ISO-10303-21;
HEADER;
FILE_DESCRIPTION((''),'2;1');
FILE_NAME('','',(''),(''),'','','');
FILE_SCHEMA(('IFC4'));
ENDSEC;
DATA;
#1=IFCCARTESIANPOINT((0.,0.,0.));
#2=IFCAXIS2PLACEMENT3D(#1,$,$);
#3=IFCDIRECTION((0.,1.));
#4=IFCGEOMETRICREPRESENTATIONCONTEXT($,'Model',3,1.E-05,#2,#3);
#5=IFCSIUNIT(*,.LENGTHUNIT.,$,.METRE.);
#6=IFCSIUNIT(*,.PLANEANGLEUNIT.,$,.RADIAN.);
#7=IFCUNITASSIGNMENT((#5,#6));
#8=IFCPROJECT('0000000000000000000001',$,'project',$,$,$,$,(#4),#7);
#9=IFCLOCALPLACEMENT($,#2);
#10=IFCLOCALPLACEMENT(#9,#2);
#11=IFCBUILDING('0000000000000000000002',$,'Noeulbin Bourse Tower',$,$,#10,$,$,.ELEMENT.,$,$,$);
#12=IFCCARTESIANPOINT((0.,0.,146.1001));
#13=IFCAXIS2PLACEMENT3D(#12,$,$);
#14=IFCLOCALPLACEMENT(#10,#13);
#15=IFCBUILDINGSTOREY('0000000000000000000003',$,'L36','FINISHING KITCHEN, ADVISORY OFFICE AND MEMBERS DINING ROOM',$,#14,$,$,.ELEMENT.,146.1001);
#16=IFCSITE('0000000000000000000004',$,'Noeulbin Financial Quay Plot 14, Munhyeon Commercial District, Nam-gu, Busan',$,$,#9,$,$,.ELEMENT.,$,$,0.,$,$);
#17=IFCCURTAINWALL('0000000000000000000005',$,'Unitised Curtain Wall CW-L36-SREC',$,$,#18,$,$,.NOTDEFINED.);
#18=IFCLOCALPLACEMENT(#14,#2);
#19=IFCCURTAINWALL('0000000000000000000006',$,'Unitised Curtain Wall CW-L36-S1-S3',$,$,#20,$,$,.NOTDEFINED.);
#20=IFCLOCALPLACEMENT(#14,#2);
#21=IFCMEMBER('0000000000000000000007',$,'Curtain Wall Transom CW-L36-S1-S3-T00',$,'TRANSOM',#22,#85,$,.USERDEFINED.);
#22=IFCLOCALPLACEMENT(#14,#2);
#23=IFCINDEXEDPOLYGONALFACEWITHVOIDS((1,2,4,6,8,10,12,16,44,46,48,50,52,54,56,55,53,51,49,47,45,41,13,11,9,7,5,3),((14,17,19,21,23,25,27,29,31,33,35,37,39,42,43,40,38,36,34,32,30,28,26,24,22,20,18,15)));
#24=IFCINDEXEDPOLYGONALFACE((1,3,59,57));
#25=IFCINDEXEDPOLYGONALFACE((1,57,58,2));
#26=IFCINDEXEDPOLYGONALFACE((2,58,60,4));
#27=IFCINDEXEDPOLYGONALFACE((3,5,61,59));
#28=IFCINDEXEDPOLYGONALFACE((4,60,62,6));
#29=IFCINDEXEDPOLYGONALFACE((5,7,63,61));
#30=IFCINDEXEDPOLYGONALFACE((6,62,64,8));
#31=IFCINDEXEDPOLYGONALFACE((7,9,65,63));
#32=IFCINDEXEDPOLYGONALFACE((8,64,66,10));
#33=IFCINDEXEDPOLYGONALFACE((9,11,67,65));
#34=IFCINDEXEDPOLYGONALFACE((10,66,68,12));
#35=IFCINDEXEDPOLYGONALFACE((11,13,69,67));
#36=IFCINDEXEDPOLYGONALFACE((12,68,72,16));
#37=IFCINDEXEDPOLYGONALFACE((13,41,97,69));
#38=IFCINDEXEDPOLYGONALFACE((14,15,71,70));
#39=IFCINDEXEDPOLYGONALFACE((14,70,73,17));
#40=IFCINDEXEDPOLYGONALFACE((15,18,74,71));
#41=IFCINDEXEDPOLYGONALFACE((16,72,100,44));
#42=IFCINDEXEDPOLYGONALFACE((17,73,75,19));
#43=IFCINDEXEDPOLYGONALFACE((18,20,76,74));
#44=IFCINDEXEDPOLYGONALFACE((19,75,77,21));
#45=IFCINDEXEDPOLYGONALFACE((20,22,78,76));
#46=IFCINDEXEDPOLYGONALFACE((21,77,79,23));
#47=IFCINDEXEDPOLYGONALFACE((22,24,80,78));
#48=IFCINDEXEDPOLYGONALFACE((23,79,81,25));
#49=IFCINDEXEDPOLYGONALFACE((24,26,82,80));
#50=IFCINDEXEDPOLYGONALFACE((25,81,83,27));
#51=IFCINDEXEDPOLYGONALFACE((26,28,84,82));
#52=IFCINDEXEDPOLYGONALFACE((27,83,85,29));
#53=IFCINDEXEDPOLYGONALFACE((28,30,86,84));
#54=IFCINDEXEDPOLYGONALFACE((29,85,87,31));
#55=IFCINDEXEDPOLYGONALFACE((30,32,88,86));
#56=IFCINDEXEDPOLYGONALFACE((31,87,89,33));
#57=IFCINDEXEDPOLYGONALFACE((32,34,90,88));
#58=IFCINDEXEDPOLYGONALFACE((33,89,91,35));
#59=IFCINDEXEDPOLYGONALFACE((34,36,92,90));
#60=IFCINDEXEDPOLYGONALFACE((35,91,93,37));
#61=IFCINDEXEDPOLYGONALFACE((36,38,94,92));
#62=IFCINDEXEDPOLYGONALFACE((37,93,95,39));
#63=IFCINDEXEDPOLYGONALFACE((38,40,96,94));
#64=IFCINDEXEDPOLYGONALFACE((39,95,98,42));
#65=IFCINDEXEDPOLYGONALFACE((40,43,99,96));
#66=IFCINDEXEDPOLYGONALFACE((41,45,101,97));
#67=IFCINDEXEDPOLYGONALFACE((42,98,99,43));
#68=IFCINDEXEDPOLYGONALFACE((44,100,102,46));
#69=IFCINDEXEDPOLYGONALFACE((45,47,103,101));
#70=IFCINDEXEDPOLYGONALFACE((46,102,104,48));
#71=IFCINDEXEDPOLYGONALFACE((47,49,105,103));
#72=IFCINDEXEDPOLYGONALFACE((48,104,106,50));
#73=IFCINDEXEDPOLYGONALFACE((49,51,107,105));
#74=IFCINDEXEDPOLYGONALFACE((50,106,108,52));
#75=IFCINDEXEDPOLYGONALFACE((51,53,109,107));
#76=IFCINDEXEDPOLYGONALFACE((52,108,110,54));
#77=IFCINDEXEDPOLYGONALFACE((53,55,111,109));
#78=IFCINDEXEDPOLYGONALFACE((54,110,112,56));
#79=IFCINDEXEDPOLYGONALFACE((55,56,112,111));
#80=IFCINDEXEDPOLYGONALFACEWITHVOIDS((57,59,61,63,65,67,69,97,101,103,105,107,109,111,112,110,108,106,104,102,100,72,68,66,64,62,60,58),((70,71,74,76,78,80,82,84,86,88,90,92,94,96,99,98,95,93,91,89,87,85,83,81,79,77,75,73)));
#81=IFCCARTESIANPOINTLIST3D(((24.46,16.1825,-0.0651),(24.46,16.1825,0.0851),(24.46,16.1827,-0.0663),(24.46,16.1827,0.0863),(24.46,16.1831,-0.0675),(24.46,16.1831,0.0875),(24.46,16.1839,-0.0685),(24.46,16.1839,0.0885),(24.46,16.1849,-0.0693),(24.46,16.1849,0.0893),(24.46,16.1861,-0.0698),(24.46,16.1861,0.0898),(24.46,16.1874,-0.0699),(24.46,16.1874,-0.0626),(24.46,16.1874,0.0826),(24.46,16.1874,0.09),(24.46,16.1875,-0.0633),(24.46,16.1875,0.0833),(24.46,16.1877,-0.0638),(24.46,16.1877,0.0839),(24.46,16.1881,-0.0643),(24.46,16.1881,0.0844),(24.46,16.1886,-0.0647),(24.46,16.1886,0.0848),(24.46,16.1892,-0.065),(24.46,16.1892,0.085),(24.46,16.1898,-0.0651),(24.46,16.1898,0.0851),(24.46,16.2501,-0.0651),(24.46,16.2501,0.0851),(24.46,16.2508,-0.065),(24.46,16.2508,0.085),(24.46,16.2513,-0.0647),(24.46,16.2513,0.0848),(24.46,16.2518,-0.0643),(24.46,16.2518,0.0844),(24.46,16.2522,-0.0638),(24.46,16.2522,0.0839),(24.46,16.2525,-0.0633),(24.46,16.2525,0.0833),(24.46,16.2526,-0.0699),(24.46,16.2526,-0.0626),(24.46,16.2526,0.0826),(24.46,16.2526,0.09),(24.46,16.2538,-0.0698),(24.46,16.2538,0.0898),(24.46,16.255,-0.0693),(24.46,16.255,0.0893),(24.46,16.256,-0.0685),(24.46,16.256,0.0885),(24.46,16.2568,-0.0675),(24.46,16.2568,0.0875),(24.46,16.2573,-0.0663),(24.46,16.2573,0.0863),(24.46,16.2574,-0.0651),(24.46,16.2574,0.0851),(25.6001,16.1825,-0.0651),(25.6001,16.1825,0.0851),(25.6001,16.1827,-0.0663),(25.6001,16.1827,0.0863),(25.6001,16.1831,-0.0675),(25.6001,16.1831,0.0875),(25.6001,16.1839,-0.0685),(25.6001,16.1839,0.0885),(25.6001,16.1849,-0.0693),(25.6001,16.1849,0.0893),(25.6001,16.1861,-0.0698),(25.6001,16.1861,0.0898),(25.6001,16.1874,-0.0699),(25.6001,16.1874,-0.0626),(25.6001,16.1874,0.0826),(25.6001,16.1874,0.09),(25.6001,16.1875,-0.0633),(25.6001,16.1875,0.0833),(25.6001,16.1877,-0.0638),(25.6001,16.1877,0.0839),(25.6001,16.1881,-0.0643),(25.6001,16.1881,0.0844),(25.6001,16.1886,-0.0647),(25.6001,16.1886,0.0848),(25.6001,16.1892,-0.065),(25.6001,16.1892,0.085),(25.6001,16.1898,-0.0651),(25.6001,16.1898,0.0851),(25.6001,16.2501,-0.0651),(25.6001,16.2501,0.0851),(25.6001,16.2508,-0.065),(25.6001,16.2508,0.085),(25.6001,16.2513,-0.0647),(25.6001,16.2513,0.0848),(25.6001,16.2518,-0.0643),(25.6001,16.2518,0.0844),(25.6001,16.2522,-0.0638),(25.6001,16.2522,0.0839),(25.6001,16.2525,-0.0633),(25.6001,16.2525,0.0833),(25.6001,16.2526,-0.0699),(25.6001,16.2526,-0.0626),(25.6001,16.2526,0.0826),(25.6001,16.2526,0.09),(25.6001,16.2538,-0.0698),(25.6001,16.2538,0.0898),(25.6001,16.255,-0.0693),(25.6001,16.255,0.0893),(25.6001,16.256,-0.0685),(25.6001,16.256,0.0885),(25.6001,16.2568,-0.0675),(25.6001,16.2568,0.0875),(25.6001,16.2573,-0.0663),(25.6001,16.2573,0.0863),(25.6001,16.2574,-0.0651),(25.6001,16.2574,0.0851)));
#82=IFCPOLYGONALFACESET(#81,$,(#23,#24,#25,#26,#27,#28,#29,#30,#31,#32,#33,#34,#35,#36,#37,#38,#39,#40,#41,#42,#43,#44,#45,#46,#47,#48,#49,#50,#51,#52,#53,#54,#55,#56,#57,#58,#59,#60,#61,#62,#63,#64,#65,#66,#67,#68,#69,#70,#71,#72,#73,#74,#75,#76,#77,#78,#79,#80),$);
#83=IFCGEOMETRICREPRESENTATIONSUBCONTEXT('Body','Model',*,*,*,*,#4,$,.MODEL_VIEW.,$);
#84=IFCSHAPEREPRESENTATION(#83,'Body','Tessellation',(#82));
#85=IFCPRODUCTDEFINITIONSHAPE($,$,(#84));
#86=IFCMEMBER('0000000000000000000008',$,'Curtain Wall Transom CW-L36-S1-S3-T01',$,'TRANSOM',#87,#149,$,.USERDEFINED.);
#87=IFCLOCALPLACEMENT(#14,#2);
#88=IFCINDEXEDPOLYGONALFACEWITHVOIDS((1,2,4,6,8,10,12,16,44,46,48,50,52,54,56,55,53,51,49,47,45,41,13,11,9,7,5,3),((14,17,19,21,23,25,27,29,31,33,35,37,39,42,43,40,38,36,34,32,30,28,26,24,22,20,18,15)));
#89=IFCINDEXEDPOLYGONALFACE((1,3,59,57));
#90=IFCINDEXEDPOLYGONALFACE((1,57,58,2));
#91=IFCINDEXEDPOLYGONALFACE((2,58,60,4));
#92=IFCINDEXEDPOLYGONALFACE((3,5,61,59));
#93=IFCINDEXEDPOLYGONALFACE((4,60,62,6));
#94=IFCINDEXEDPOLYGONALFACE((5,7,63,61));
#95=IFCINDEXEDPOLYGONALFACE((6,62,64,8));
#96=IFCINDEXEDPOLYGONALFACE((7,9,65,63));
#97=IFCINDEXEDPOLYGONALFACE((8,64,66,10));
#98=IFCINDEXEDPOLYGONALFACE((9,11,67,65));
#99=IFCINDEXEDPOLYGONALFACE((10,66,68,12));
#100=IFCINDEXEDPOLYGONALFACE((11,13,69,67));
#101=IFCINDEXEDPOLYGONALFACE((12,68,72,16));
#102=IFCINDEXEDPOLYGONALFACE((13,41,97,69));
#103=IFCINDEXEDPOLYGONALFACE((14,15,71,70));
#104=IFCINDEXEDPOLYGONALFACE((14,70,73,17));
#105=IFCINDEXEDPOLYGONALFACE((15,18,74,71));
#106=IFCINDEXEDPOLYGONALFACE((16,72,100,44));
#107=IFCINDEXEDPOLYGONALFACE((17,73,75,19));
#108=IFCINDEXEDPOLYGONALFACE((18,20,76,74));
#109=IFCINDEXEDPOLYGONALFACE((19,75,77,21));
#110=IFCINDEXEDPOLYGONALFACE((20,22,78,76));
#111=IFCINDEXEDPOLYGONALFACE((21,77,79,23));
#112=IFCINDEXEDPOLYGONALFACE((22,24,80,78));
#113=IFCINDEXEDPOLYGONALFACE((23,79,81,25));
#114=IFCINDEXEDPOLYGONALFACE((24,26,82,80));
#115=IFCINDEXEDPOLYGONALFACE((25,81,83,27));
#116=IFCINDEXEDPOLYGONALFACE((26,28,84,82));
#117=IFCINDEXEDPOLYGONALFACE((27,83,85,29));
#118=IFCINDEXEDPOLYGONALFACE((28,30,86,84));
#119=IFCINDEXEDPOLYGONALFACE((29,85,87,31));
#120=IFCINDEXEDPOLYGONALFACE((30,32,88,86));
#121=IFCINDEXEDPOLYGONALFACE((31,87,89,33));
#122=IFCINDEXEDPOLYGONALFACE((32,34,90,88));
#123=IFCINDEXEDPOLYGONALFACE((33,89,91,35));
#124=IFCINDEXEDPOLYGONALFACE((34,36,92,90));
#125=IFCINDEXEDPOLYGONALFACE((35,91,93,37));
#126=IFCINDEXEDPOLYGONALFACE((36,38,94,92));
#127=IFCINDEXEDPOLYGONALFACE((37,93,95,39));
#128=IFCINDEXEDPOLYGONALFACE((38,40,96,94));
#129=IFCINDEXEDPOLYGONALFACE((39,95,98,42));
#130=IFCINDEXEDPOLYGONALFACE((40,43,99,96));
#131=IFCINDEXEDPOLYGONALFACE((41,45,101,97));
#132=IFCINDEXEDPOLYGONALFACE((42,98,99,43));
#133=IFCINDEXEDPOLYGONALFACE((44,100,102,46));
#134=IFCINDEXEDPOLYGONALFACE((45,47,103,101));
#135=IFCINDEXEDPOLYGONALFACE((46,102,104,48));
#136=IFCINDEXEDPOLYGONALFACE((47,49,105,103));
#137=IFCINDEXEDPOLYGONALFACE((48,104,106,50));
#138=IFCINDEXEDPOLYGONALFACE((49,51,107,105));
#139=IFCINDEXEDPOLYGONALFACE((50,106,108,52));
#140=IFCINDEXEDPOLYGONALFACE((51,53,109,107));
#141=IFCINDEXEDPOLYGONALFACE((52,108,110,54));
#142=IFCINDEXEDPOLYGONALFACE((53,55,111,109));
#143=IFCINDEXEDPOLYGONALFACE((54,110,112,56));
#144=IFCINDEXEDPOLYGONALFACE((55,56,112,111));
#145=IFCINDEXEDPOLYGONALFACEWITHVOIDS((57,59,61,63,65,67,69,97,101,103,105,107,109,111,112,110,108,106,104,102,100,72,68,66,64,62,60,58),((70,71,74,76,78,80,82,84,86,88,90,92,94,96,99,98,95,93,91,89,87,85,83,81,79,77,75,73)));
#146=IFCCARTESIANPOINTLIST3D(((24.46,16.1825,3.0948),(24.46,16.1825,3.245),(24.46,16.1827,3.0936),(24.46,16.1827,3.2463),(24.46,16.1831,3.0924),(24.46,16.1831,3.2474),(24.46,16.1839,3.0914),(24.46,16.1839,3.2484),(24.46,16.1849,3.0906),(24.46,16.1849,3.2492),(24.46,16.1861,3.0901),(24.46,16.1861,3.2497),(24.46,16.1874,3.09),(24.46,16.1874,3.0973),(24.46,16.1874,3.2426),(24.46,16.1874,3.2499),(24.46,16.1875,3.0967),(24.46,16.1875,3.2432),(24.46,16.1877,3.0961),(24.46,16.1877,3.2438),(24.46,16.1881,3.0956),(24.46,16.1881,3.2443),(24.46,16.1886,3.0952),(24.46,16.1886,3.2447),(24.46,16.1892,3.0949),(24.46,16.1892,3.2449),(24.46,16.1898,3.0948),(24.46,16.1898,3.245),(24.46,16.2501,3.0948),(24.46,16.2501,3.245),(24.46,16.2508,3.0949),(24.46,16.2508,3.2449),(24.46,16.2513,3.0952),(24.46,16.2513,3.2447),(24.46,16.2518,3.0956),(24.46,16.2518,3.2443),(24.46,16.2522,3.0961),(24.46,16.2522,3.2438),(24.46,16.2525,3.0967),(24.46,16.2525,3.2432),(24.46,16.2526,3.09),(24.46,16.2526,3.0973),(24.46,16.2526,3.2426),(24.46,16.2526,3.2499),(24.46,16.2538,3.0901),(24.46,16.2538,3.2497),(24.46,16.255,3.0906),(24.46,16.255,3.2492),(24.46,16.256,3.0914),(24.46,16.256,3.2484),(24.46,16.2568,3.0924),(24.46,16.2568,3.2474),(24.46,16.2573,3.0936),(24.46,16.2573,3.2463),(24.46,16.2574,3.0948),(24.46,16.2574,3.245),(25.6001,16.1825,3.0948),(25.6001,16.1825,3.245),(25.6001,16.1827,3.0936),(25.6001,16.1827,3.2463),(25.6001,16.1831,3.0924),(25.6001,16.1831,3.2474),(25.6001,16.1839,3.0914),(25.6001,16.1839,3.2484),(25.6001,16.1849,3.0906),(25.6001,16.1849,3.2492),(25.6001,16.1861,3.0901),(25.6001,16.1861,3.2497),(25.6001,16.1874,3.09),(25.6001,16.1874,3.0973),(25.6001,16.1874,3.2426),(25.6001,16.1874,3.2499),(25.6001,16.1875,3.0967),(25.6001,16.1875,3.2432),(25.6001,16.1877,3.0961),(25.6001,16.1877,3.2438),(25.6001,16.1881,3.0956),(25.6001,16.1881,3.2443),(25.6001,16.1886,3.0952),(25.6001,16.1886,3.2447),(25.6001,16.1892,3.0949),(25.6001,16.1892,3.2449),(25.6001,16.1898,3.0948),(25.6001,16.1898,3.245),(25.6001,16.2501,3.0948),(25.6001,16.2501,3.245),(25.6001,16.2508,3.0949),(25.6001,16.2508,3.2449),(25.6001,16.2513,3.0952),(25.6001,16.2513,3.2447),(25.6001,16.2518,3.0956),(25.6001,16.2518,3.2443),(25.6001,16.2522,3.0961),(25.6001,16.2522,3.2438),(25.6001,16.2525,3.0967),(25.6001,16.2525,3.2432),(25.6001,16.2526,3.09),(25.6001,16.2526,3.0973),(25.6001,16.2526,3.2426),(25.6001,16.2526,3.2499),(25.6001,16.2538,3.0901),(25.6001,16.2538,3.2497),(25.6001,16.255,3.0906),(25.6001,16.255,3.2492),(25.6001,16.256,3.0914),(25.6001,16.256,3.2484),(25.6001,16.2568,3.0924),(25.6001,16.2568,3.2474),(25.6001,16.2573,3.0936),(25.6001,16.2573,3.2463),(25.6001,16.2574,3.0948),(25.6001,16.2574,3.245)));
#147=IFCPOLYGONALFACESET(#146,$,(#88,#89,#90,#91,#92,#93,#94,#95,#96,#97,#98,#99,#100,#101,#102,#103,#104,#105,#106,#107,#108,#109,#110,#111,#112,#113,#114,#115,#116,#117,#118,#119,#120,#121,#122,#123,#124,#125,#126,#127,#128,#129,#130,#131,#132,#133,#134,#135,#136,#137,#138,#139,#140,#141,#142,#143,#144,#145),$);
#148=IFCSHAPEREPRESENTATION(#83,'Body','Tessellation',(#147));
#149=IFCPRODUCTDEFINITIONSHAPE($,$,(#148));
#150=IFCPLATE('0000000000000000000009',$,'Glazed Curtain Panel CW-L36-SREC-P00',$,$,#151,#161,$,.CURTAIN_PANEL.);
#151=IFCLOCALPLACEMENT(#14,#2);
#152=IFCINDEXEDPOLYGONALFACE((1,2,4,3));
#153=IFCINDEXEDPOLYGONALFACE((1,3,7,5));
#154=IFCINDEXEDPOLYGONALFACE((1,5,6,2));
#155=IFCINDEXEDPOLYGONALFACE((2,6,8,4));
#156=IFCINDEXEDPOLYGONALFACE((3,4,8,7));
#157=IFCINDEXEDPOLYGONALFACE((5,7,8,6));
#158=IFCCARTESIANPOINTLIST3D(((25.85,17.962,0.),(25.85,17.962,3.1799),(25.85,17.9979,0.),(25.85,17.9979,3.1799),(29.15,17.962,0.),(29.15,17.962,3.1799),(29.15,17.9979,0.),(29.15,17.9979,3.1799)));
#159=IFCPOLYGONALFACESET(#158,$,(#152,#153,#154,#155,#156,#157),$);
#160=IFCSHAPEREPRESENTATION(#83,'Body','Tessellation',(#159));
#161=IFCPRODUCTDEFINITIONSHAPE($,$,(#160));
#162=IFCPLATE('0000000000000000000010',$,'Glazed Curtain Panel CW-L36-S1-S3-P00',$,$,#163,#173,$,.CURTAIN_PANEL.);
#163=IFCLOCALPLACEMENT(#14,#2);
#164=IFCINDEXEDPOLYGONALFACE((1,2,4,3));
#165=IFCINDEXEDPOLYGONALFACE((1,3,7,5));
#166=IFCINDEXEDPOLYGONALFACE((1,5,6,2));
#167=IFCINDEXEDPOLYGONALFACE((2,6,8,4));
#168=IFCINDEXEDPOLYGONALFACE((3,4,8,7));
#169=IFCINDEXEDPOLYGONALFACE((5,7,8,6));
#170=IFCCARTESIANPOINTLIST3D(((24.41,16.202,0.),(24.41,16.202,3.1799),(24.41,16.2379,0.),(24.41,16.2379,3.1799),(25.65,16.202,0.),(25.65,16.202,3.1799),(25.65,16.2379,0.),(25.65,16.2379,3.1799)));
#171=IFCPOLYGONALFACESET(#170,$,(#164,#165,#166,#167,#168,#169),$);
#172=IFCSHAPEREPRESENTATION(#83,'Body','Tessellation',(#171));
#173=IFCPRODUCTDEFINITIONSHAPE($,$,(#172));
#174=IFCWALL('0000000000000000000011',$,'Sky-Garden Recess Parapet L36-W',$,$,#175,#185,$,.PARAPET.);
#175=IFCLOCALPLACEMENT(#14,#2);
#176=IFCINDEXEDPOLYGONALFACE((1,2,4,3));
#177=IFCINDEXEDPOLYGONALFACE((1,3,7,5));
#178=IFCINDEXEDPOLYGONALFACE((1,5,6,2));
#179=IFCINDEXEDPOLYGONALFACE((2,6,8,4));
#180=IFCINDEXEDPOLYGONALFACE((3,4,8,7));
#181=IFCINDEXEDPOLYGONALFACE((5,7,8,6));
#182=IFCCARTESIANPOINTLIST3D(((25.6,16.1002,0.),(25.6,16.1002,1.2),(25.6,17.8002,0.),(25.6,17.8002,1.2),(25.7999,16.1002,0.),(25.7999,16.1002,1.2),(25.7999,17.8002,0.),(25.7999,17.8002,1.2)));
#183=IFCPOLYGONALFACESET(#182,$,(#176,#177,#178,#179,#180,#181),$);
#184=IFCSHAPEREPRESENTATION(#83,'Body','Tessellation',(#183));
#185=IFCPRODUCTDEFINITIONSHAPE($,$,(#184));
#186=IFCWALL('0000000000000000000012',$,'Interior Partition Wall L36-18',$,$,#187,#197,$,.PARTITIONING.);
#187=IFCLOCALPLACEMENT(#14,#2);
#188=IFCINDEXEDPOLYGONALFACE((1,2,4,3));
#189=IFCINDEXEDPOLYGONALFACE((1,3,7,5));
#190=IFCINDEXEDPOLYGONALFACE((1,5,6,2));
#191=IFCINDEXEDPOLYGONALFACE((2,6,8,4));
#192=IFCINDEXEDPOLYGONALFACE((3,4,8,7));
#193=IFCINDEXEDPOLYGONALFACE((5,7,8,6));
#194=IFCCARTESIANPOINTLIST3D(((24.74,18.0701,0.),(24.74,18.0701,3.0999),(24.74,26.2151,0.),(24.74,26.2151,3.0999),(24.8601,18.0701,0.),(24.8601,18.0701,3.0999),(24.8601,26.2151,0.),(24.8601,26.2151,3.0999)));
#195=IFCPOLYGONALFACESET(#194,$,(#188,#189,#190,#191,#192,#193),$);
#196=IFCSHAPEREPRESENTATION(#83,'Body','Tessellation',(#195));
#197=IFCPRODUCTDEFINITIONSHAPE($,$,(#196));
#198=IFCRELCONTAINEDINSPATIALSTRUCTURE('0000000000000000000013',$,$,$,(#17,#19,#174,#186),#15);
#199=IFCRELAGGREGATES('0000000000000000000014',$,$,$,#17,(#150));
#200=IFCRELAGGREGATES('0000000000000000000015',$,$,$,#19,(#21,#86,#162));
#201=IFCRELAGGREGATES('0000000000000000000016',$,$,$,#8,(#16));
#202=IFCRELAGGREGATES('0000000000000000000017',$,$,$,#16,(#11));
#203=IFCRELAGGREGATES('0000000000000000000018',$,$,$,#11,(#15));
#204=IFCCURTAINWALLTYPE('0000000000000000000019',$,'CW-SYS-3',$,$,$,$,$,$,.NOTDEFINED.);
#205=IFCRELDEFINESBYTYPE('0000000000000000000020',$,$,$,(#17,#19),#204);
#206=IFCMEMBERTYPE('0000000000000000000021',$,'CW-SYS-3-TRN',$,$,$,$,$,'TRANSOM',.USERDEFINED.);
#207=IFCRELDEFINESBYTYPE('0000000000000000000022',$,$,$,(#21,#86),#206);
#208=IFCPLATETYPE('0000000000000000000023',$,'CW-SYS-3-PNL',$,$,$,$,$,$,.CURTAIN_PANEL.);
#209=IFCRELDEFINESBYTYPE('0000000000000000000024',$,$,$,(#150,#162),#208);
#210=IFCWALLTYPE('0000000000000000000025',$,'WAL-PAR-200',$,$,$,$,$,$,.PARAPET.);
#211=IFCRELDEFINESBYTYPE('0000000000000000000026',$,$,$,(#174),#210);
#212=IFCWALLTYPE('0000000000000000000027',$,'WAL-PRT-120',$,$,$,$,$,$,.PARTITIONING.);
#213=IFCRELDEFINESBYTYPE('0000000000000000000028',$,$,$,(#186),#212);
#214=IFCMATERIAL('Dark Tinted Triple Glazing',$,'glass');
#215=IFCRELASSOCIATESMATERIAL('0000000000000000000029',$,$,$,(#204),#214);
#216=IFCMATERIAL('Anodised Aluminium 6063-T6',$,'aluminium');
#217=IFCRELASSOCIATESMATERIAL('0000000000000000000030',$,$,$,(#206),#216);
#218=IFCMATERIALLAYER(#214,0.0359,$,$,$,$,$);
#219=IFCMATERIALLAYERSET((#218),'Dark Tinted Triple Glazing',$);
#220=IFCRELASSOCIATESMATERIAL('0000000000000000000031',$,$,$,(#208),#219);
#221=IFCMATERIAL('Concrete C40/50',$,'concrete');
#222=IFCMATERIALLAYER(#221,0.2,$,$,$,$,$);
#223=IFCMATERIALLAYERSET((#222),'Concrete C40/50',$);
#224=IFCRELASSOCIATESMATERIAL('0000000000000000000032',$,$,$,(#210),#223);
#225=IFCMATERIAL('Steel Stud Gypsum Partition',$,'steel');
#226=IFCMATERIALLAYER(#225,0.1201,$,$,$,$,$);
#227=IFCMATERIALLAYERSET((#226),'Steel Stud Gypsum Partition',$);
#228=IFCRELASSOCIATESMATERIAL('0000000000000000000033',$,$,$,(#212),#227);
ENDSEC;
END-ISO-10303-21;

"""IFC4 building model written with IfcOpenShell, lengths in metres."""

from ifc_helpers import new_model, si_unit, direction, frame, frame_2d, origin, origin_2d, place, context, subcontext, project, spatial, rectangle, hollow_rectangle, extrude, material, layer, layer_set, material_profile, profile_set, type_object, element, aggregate, save


model = new_model("IFC4")

# Units and contexts
model_context = context("Model", 3, precision=1e-05, world=origin(), true_north=direction((0.0, 1.0)))
body_context = subcontext(model_context, "Body", "Model", "MODEL_VIEW")
ifc_project = project(units=[si_unit("LENGTHUNIT", "METRE"), si_unit("PLANEANGLEUNIT", "RADIAN")], contexts=[model_context])

# Site, building, storey
site_placement = place(None, origin())
site = spatial("IfcSite", under=ifc_project, at=site_placement, Name="Noeulbin Financial Quay Plot 14, Munhyeon Commercial District, Nam-gu, Busan", CompositionType="ELEMENT", RefElevation=0.0)
building_placement = place(site_placement, origin())
building = spatial("IfcBuilding", under=site, at=building_placement, Name="Noeulbin Bourse Tower", CompositionType="ELEMENT")
storey_placement = place(building_placement, frame((0.0, 0.0, 146.1001)))
storey = spatial("IfcBuildingStorey", under=building, at=storey_placement, Name="L36", Description="FINISHING KITCHEN, ADVISORY OFFICE AND MEMBERS DINING ROOM", CompositionType="ELEMENT", Elevation=146.1001)

# Curtain walls
ifc_material_1 = material(Name="Dark Tinted Triple Glazing", Category="glass")
curtain_wall_type = type_object("IfcCurtainWallType", Name="CW-SYS-3", PredefinedType="NOTDEFINED", material=ifc_material_1)
curtain_wall_1_placement = place(storey_placement, origin())
curtain_wall_1 = element("IfcCurtainWall", 1, at=curtain_wall_1_placement, inside=storey, type_object=curtain_wall_type, Name="Unitised Curtain Wall CW-L36-SREC", PredefinedType="NOTDEFINED")
ifc_material_2 = material(Name="Anodised Aluminium 6063-T6", Category="aluminium")
curtain_wall_2_placement = place(storey_placement, origin())
curtain_wall_2 = element("IfcCurtainWall", 2, at=curtain_wall_2_placement, inside=storey, type_object=curtain_wall_type, Name="Unitised Curtain Wall CW-L36-S1-S3", PredefinedType="NOTDEFINED")

# Members
ifc_material_profile_1 = material_profile(ifc_material_2, hollow_rectangle(XDim=0.075, YDim=0.1599, WallThickness=0.0049, InnerFilletRadius=0.0024, OuterFilletRadius=0.0049, at=origin_2d()), Name="ALU-TRAN-75x160x5", Category="LoadBearing")
ifc_profile_set_1 = profile_set([ifc_material_profile_1], Name="Anodised Aluminium 6063-T6")
member_type_1 = type_object("IfcMemberType", Name="CW-SYS-3-TRN", ElementType="TRANSOM", PredefinedType="USERDEFINED", material=ifc_profile_set_1)
member_1_placement = place(storey_placement, frame((24.46, 16.22, 0.01), z_axis=(1.0, 0.0, 0.0), x_axis=(0.0, 1.0, 0.0)))
member_1 = element("IfcMember", 3, at=member_1_placement, type_object=member_type_1, Name="Curtain Wall Transom CW-L36-S1-S3-T00", ObjectType="TRANSOM", PredefinedType="USERDEFINED", context=body_context, shape_type="SweptSolid", body=[
    extrude(hollow_rectangle(XDim=0.075, YDim=0.1599, WallThickness=0.0049, InnerFilletRadius=0.0024, OuterFilletRadius=0.0049, at=origin_2d()), origin(), (0.0, 0.0, 1.0), 1.1401),
])
member_2_placement = place(storey_placement, frame((24.46, 16.22, 3.1699), z_axis=(1.0, 0.0, 0.0), x_axis=(0.0, 1.0, 0.0)))
member_2 = element("IfcMember", 4, at=member_2_placement, type_object=member_type_1, Name="Curtain Wall Transom CW-L36-S1-S3-T01", ObjectType="TRANSOM", PredefinedType="USERDEFINED", context=body_context, shape_type="SweptSolid", body=[
    extrude(hollow_rectangle(XDim=0.075, YDim=0.1599, WallThickness=0.0049, InnerFilletRadius=0.0024, OuterFilletRadius=0.0049, at=origin_2d()), origin(), (0.0, 0.0, 1.0), 1.1401),
])

# Plates
ifc_layer_1 = layer(ifc_material_1, 0.0359)
ifc_layer_set_1 = layer_set([ifc_layer_1], Name="Dark Tinted Triple Glazing")
plate_type = type_object("IfcPlateType", Name="CW-SYS-3-PNL", PredefinedType="CURTAIN_PANEL", material=ifc_layer_set_1)
plate_1_placement = place(storey_placement, frame((27.5, 17.98, 0.0), z_axis=(0.0, 0.0, 1.0), x_axis=(1.0, 0.0, 0.0)))
plate_1 = element("IfcPlate", 5, at=plate_1_placement, type_object=plate_type, Name="Glazed Curtain Panel CW-L36-SREC-P00", PredefinedType="CURTAIN_PANEL", context=body_context, shape_type="SweptSolid", body=[
    extrude(rectangle(XDim=3.3, YDim=0.0359, at=origin_2d()), origin(), (0.0, 0.0, 1.0), 3.1799),
])
aggregate(curtain_wall_1, [plate_1])
plate_2_placement = place(storey_placement, frame((25.03, 16.22, 0.0), z_axis=(0.0, 0.0, 1.0), x_axis=(1.0, 0.0, 0.0)))
plate_2 = element("IfcPlate", 6, at=plate_2_placement, type_object=plate_type, Name="Glazed Curtain Panel CW-L36-S1-S3-P00", PredefinedType="CURTAIN_PANEL", context=body_context, shape_type="SweptSolid", body=[
    extrude(rectangle(XDim=1.24, YDim=0.0359, at=origin_2d()), origin(), (0.0, 0.0, 1.0), 3.1799),
])
aggregate(curtain_wall_2, [member_1, member_2, plate_2])

# Walls
ifc_material_3 = material(Name="Concrete C40/50", Category="concrete")
ifc_layer_2 = layer(ifc_material_3, 0.2)
ifc_layer_set_2 = layer_set([ifc_layer_2], Name="Concrete C40/50")
wall_type_1 = type_object("IfcWallType", Name="WAL-PAR-200", PredefinedType="PARAPET", material=ifc_layer_set_2)
wall_1_placement = place(storey_placement, frame((25.7, 16.1001, 0.0), z_axis=(0.0, 0.0, 1.0), x_axis=(0.0, 1.0, 0.0)))
element("IfcWall", 7, at=wall_1_placement, inside=storey, type_object=wall_type_1, Name="Sky-Garden Recess Parapet L36-W", PredefinedType="PARAPET", context=body_context, shape_type="SweptSolid", body=[
    extrude(rectangle(XDim=1.7, YDim=0.2, at=frame_2d((0.8501, 0.0))), origin(), (0.0, 0.0, 1.0), 1.2),
])
ifc_material_4 = material(Name="Steel Stud Gypsum Partition", Category="steel")
ifc_layer_3 = layer(ifc_material_4, 0.1201)
ifc_layer_set_3 = layer_set([ifc_layer_3], Name="Steel Stud Gypsum Partition")
wall_type_2 = type_object("IfcWallType", Name="WAL-PRT-120", PredefinedType="PARTITIONING", material=ifc_layer_set_3)
wall_2_placement = place(storey_placement, frame((24.8, 18.0701, 0.0), z_axis=(0.0, 0.0, 1.0), x_axis=(0.0, 1.0, 0.0)))
element("IfcWall", 8, at=wall_2_placement, inside=storey, type_object=wall_type_2, Name="Interior Partition Wall L36-18", PredefinedType="PARTITIONING", context=body_context, shape_type="SweptSolid", body=[
    extrude(rectangle(XDim=8.145, YDim=0.1201, at=frame_2d((4.0725, 0.0))), origin(), (0.0, 0.0, 1.0), 3.0999),
])

save(model, "model.ifc")
